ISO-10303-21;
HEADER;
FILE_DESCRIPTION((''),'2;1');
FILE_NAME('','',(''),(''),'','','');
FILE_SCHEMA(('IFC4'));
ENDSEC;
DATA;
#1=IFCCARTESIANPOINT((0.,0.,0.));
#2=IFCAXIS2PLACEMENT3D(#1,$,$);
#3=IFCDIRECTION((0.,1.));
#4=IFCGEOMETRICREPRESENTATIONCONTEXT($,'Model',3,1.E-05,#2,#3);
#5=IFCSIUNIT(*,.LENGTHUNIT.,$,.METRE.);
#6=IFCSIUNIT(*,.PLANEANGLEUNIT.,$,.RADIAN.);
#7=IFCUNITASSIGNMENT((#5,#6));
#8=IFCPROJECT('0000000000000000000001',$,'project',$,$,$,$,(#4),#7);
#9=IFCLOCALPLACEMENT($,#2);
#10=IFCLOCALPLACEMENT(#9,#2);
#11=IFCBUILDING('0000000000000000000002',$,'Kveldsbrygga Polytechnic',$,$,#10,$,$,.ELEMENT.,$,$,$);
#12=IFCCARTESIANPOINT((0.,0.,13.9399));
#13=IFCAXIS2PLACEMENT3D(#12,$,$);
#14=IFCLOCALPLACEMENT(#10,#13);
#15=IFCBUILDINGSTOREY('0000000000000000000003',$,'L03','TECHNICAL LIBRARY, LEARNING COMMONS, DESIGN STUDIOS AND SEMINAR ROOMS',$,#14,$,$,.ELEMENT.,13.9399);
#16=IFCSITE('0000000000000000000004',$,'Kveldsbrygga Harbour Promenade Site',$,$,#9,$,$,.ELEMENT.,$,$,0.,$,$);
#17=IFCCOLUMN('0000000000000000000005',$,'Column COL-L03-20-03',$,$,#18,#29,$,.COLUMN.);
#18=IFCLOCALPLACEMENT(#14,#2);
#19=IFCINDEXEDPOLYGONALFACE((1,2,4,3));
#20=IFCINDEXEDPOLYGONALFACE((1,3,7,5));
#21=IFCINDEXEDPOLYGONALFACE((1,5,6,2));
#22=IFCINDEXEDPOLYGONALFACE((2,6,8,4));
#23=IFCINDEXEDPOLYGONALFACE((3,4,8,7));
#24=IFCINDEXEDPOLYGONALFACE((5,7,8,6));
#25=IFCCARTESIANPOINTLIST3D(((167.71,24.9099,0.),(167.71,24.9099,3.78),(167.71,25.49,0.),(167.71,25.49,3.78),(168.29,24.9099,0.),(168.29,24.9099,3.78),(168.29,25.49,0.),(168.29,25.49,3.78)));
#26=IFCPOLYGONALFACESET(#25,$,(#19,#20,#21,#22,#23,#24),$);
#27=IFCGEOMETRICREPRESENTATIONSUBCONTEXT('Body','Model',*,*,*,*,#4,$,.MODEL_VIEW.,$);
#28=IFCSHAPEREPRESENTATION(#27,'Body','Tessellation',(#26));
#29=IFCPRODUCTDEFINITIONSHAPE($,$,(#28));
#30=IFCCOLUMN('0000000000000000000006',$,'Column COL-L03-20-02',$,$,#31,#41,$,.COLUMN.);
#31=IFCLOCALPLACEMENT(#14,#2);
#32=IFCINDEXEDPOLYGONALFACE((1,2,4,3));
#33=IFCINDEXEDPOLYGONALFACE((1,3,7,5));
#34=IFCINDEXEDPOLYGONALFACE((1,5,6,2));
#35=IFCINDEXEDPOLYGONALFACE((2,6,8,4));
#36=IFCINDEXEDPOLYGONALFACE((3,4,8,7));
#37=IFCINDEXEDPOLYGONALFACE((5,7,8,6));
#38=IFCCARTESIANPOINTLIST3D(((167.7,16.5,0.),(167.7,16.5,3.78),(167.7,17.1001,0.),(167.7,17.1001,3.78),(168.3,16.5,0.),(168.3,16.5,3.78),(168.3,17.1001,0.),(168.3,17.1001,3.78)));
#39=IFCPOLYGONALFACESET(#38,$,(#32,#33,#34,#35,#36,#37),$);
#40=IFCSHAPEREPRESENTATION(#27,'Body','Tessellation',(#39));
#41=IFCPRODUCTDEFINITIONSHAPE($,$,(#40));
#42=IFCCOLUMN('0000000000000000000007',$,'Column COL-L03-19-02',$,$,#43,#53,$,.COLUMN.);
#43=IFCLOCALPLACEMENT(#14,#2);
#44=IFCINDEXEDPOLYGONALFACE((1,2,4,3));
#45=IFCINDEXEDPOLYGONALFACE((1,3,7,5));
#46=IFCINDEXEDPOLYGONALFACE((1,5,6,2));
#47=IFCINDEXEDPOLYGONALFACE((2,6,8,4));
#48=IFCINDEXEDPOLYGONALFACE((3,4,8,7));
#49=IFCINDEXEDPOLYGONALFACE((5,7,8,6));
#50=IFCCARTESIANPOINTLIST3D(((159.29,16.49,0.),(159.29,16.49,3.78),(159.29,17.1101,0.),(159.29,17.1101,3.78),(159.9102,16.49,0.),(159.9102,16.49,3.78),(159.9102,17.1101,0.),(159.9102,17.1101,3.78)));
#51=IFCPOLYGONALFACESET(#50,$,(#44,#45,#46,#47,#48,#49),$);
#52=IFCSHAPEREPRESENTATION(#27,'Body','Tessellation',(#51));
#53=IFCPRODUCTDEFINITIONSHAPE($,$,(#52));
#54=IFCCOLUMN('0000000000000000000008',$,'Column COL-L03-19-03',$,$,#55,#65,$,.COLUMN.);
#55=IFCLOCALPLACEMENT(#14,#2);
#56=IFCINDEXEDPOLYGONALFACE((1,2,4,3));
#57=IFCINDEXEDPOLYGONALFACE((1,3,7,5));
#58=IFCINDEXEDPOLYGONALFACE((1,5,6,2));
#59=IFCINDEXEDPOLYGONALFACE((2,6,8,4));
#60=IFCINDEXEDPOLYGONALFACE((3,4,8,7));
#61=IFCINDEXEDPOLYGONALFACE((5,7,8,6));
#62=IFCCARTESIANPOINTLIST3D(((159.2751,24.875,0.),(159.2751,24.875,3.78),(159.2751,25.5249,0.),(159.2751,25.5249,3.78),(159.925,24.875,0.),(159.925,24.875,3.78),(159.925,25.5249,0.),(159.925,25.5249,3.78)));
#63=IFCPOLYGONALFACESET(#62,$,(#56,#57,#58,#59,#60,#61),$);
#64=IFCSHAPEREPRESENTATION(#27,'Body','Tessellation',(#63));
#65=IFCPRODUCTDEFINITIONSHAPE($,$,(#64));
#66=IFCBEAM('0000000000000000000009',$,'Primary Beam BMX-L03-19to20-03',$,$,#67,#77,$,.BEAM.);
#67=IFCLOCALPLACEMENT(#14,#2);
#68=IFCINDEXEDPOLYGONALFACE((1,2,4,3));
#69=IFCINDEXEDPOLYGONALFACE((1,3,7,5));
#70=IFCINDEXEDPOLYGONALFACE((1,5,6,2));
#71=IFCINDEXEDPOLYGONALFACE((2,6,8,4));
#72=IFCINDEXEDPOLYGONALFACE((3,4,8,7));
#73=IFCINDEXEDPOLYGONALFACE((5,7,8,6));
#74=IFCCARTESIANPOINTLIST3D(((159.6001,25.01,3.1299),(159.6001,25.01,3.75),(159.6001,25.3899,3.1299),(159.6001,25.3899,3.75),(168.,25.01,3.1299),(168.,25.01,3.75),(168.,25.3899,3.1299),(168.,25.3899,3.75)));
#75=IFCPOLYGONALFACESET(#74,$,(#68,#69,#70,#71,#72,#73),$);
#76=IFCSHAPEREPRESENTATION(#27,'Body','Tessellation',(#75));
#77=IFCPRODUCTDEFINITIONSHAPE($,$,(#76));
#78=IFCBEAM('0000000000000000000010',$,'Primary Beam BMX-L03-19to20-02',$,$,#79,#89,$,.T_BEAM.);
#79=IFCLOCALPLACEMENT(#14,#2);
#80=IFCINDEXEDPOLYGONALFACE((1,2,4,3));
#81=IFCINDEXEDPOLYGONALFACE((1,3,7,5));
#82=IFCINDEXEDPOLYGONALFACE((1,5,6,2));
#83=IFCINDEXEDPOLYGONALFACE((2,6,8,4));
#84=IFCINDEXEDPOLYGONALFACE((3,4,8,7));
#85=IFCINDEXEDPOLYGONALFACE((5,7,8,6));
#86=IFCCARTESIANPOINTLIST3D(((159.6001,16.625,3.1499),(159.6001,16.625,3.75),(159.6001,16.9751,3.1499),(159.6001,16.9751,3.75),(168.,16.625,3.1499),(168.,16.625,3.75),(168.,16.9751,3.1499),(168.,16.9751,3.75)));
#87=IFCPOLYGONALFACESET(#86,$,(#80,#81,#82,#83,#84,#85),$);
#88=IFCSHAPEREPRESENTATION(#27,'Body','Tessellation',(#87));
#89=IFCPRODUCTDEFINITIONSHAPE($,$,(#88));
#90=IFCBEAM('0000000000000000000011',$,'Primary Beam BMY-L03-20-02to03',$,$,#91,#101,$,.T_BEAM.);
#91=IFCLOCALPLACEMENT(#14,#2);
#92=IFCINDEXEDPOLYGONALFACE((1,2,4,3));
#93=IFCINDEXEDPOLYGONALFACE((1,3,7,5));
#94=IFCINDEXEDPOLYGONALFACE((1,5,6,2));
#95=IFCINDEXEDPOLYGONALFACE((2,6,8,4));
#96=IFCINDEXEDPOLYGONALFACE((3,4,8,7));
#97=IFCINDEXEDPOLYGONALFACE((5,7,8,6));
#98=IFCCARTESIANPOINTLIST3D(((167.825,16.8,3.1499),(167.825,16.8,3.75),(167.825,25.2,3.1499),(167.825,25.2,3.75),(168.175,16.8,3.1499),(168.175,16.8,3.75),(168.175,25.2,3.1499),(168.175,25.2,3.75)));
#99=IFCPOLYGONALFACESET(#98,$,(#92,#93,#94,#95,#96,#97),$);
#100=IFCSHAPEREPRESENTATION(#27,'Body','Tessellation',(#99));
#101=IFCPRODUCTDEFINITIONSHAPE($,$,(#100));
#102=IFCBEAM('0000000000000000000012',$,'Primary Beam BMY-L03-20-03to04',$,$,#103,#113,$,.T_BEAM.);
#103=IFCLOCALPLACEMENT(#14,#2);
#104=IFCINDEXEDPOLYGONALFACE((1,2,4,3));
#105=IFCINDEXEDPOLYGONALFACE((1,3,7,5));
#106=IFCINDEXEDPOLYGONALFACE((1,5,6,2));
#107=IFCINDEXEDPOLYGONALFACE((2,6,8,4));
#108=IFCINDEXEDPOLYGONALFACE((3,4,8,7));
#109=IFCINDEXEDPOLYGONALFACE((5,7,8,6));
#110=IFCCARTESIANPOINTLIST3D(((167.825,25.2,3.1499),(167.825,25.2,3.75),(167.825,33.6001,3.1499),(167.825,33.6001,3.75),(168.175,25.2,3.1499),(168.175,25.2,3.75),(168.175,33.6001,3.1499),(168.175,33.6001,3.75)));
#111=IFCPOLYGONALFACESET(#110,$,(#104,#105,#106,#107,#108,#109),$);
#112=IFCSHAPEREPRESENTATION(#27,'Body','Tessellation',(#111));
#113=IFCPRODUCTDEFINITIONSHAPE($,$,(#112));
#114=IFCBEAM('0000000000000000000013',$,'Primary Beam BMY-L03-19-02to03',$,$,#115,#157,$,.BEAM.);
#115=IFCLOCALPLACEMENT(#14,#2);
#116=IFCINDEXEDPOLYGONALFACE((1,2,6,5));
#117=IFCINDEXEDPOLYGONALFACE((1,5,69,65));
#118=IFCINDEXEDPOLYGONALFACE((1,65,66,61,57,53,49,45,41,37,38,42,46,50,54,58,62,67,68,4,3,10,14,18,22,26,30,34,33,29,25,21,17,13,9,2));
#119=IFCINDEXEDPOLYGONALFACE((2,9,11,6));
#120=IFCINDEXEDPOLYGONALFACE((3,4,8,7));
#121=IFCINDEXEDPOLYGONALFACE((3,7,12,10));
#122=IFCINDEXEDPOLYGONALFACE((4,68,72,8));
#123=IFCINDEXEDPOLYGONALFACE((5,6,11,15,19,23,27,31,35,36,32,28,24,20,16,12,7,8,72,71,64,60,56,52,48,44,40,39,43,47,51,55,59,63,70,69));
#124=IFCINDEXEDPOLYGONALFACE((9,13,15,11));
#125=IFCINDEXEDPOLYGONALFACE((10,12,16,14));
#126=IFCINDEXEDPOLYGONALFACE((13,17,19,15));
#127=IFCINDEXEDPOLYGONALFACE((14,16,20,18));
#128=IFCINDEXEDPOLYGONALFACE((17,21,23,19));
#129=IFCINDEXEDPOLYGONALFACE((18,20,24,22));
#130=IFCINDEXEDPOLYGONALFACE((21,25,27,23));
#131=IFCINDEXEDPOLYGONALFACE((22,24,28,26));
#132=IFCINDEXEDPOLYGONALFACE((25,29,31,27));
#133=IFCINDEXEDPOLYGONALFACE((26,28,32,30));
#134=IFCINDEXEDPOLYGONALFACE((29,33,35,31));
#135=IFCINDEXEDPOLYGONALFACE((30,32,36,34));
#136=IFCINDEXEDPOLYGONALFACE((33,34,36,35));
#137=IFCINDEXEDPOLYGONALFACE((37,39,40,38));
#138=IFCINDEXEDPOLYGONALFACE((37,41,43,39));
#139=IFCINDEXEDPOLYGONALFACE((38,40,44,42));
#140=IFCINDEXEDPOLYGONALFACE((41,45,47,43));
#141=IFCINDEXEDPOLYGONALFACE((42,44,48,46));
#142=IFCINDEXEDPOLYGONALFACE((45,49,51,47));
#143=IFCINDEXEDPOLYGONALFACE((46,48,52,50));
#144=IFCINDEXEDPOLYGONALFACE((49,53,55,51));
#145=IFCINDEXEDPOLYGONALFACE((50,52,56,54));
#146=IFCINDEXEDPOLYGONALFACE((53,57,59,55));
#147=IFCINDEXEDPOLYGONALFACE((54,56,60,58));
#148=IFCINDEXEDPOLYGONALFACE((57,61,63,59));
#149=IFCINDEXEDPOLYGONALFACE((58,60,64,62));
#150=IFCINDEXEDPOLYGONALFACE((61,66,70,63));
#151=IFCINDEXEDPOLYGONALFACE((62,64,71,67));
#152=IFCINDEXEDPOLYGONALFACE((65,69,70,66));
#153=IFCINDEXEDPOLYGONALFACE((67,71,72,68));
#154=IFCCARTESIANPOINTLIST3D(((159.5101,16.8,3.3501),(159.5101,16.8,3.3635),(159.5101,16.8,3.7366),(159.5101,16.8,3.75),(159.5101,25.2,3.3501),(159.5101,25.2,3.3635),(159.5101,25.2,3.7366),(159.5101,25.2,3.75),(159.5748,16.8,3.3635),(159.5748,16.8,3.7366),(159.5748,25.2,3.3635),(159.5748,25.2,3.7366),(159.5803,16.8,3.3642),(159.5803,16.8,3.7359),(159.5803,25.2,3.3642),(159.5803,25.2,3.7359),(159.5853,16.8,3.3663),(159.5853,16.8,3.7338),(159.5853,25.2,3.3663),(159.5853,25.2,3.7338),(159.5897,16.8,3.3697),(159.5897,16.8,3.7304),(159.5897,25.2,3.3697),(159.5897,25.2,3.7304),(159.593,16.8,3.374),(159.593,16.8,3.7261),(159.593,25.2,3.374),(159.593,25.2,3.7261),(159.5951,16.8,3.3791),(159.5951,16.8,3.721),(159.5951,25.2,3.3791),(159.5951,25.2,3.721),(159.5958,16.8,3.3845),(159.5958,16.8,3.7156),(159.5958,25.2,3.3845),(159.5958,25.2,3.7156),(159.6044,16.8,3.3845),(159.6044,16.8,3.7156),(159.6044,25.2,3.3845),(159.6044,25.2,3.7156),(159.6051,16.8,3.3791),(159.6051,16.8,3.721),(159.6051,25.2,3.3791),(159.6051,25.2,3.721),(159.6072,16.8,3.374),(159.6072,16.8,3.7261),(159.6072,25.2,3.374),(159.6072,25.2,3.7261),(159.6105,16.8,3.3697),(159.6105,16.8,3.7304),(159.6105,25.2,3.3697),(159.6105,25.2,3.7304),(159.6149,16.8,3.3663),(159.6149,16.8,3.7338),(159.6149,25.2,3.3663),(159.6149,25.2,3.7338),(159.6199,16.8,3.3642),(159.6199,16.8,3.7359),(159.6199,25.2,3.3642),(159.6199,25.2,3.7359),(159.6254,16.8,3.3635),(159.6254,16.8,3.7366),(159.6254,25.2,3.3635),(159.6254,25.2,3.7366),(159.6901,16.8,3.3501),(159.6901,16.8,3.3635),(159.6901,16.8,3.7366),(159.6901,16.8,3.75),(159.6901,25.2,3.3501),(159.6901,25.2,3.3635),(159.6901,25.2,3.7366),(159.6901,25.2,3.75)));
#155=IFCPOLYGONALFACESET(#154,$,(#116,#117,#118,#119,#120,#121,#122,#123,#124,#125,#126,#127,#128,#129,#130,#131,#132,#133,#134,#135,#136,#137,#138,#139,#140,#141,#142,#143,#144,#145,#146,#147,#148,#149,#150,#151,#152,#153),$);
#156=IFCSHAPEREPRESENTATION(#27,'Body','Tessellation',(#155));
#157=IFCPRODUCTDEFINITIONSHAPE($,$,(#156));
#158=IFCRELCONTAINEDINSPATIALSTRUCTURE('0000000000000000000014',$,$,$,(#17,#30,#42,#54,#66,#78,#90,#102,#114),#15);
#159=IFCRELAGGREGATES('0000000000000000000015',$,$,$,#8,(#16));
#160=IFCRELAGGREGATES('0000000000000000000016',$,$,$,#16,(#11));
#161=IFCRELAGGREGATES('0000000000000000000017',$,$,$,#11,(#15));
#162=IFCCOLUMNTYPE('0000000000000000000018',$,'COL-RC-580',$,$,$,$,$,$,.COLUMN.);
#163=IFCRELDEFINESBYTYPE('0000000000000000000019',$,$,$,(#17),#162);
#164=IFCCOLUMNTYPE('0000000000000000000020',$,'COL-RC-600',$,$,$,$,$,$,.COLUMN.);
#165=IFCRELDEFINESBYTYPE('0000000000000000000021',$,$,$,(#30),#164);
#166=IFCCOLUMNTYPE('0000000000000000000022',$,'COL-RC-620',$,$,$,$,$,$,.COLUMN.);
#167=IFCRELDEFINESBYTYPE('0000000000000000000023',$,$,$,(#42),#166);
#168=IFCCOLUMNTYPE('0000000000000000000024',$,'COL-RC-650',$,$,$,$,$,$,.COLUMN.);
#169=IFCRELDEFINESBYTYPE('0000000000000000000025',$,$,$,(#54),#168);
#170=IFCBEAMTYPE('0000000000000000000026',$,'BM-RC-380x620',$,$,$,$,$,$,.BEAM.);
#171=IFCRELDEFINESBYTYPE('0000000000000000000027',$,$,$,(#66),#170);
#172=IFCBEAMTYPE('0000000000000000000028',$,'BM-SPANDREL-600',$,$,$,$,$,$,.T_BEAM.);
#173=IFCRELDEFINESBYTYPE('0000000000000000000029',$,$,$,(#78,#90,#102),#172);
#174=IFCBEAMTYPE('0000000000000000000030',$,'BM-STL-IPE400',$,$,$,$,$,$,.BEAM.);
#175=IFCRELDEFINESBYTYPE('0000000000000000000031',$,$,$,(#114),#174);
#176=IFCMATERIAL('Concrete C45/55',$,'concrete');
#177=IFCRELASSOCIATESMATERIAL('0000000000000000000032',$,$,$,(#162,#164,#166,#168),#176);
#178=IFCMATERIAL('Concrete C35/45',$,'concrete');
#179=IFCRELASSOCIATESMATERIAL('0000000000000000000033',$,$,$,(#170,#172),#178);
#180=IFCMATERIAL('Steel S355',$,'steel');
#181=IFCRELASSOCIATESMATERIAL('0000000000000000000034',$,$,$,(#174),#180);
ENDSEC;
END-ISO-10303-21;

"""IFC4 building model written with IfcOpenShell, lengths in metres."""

from ifc_helpers import new_model, si_unit, direction, frame, origin, origin_2d, place, context, subcontext, project, spatial, rectangle, i_section, extrude, material, material_profile, profile_set, type_object, element, save


model = new_model("IFC4")

# Units and contexts
model_context = context("Model", 3, precision=1e-05, world=origin(), true_north=direction((0.0, 1.0)))
body_context = subcontext(model_context, "Body", "Model", "MODEL_VIEW")
ifc_project = project(units=[si_unit("LENGTHUNIT", "METRE"), si_unit("PLANEANGLEUNIT", "RADIAN")], contexts=[model_context])

# Site, building, storey
site_placement = place(None, origin())
site = spatial("IfcSite", under=ifc_project, at=site_placement, Name="Kveldsbrygga Harbour Promenade Site", CompositionType="ELEMENT", RefElevation=0.0)
building_placement = place(site_placement, origin())
building = spatial("IfcBuilding", under=site, at=building_placement, Name="Kveldsbrygga Polytechnic", CompositionType="ELEMENT")
storey_placement = place(building_placement, frame((0.0, 0.0, 13.9399)))
storey = spatial("IfcBuildingStorey", under=building, at=storey_placement, Name="L03", Description="TECHNICAL LIBRARY, LEARNING COMMONS, DESIGN STUDIOS AND SEMINAR ROOMS", CompositionType="ELEMENT", Elevation=13.9399)

# Columns
ifc_material_1 = material(Name="Concrete C45/55", Category="concrete")
ifc_material_profile_1 = material_profile(ifc_material_1, rectangle(XDim=0.5801, YDim=0.5801, at=origin_2d()), Name="RC 580x580")
ifc_profile_set_1 = profile_set([ifc_material_profile_1], Name="Concrete C45/55")
column_type_1 = type_object("IfcColumnType", Name="COL-RC-580", PredefinedType="COLUMN", material=ifc_profile_set_1)
column_1_placement = place(storey_placement, frame((168.0, 25.2, 0.0), z_axis=(0.0, 0.0, 1.0), x_axis=(1.0, 0.0, 0.0)))
element("IfcColumn", 1, at=column_1_placement, inside=storey, type_object=column_type_1, Name="Column COL-L03-20-03", PredefinedType="COLUMN", context=body_context, shape_type="SweptSolid", body=[
    extrude(rectangle(XDim=0.5801, YDim=0.5801, at=origin_2d()), origin(), (0.0, 0.0, 1.0), 3.78),
])
ifc_material_profile_2 = material_profile(ifc_material_1, rectangle(XDim=0.6001, YDim=0.6001, at=origin_2d()), Name="RC 600x600")
ifc_profile_set_2 = profile_set([ifc_material_profile_2], Name="Concrete C45/55")
column_type_2 = type_object("IfcColumnType", Name="COL-RC-600", PredefinedType="COLUMN", material=ifc_profile_set_2)
column_2_placement = place(storey_placement, frame((168.0, 16.8, 0.0), z_axis=(0.0, 0.0, 1.0), x_axis=(1.0, 0.0, 0.0)))
element("IfcColumn", 2, at=column_2_placement, inside=storey, type_object=column_type_2, Name="Column COL-L03-20-02", PredefinedType="COLUMN", context=body_context, shape_type="SweptSolid", body=[
    extrude(rectangle(XDim=0.6001, YDim=0.6001, at=origin_2d()), origin(), (0.0, 0.0, 1.0), 3.78),
])
ifc_material_profile_3 = material_profile(ifc_material_1, rectangle(XDim=0.6201, YDim=0.6201, at=origin_2d()), Name="RC 620x620")
ifc_profile_set_3 = profile_set([ifc_material_profile_3], Name="Concrete C45/55")
column_type_3 = type_object("IfcColumnType", Name="COL-RC-620", PredefinedType="COLUMN", material=ifc_profile_set_3)
column_3_placement = place(storey_placement, frame((159.6001, 16.8, 0.0), z_axis=(0.0, 0.0, 1.0), x_axis=(1.0, 0.0, 0.0)))
element("IfcColumn", 3, at=column_3_placement, inside=storey, type_object=column_type_3, Name="Column COL-L03-19-02", PredefinedType="COLUMN", context=body_context, shape_type="SweptSolid", body=[
    extrude(rectangle(XDim=0.6201, YDim=0.6201, at=origin_2d()), origin(), (0.0, 0.0, 1.0), 3.78),
])
ifc_material_profile_4 = material_profile(ifc_material_1, rectangle(XDim=0.6499, YDim=0.6499, at=origin_2d()), Name="RC 650x650")
ifc_profile_set_4 = profile_set([ifc_material_profile_4], Name="Concrete C45/55")
column_type_4 = type_object("IfcColumnType", Name="COL-RC-650", PredefinedType="COLUMN", material=ifc_profile_set_4)
column_4_placement = place(storey_placement, frame((159.6001, 25.2, 0.0), z_axis=(0.0, 0.0, 1.0), x_axis=(1.0, 0.0, 0.0)))
element("IfcColumn", 4, at=column_4_placement, inside=storey, type_object=column_type_4, Name="Column COL-L03-19-03", PredefinedType="COLUMN", context=body_context, shape_type="SweptSolid", body=[
    extrude(rectangle(XDim=0.6499, YDim=0.6499, at=origin_2d()), origin(), (0.0, 0.0, 1.0), 3.78),
])

# Beams
ifc_material_2 = material(Name="Concrete C35/45", Category="concrete")
ifc_material_profile_5 = material_profile(ifc_material_2, rectangle(XDim=0.3799, YDim=0.6201, at=origin_2d()), Name="RC 380x620")
ifc_profile_set_5 = profile_set([ifc_material_profile_5], Name="Concrete C35/45")
beam_type_1 = type_object("IfcBeamType", Name="BM-RC-380x620", PredefinedType="BEAM", material=ifc_profile_set_5)
beam_1_placement = place(storey_placement, frame((159.6001, 25.2, 3.4399), z_axis=(1.0, 0.0, 0.0), x_axis=(0.0, 1.0, 0.0)))
element("IfcBeam", 5, at=beam_1_placement, inside=storey, type_object=beam_type_1, Name="Primary Beam BMX-L03-19to20-03", PredefinedType="BEAM", context=body_context, shape_type="SweptSolid", body=[
    extrude(rectangle(XDim=0.3799, YDim=0.6201, at=origin_2d()), origin(), (0.0, 0.0, 1.0), 8.3999),
])
ifc_material_profile_6 = material_profile(ifc_material_2, rectangle(XDim=0.3501, YDim=0.6001, at=origin_2d()), Name="RC 350x600")
ifc_profile_set_6 = profile_set([ifc_material_profile_6], Name="Concrete C35/45")
beam_type_2 = type_object("IfcBeamType", Name="BM-SPANDREL-600", PredefinedType="T_BEAM", material=ifc_profile_set_6)
for number, where, z_axis, x_axis, name in (
    (6, (159.6001, 16.8, 3.45), (1.0, 0.0, 0.0), (0.0, 1.0, 0.0), "Primary Beam BMX-L03-19to20-02"),
    (7, (168.0, 16.8, 3.45), (0.0, 1.0, 0.0), (-1.0, 0.0, 0.0), "Primary Beam BMY-L03-20-02to03"),
):
    element("IfcBeam", number, at=place(storey_placement, frame(where, z_axis=z_axis, x_axis=x_axis)), inside=storey, type_object=beam_type_2, Name=name, PredefinedType="T_BEAM", context=body_context, shape_type="SweptSolid", body=[
        extrude(rectangle(XDim=0.3501, YDim=0.6001, at=origin_2d()), origin(), (0.0, 0.0, 1.0), 8.3999),
    ])
beam_2_placement = place(storey_placement, frame((168.0, 25.2, 3.45), z_axis=(0.0, 1.0, 0.0), x_axis=(-1.0, 0.0, 0.0)))
element("IfcBeam", 8, at=beam_2_placement, inside=storey, type_object=beam_type_2, Name="Primary Beam BMY-L03-20-03to04", PredefinedType="T_BEAM", context=body_context, shape_type="SweptSolid", body=[
    extrude(rectangle(XDim=0.3501, YDim=0.6001, at=origin_2d()), origin(), (0.0, 0.0, 1.0), 8.4001),
])
ifc_material_3 = material(Name="Steel S355", Category="steel")
ifc_material_profile_7 = material_profile(ifc_material_3, i_section(OverallWidth=0.1799, OverallDepth=0.3999, WebThickness=0.0085, FlangeThickness=0.0134, FilletRadius=0.021, at=origin_2d()), Name="IPE 400")
ifc_profile_set_7 = profile_set([ifc_material_profile_7], Name="Steel S355")
beam_type_3 = type_object("IfcBeamType", Name="BM-STL-IPE400", PredefinedType="BEAM", material=ifc_profile_set_7)
beam_3_placement = place(storey_placement, frame((159.6001, 16.8, 3.55), z_axis=(0.0, 1.0, 0.0), x_axis=(-1.0, 0.0, 0.0)))
element("IfcBeam", 9, at=beam_3_placement, inside=storey, type_object=beam_type_3, Name="Primary Beam BMY-L03-19-02to03", PredefinedType="BEAM", context=body_context, shape_type="SweptSolid", body=[
    extrude(i_section(OverallWidth=0.1799, OverallDepth=0.3999, WebThickness=0.0085, FlangeThickness=0.0134, FilletRadius=0.021, at=origin_2d()), origin(), (0.0, 0.0, 1.0), 8.3999),
])

save(model, "model.ifc")
